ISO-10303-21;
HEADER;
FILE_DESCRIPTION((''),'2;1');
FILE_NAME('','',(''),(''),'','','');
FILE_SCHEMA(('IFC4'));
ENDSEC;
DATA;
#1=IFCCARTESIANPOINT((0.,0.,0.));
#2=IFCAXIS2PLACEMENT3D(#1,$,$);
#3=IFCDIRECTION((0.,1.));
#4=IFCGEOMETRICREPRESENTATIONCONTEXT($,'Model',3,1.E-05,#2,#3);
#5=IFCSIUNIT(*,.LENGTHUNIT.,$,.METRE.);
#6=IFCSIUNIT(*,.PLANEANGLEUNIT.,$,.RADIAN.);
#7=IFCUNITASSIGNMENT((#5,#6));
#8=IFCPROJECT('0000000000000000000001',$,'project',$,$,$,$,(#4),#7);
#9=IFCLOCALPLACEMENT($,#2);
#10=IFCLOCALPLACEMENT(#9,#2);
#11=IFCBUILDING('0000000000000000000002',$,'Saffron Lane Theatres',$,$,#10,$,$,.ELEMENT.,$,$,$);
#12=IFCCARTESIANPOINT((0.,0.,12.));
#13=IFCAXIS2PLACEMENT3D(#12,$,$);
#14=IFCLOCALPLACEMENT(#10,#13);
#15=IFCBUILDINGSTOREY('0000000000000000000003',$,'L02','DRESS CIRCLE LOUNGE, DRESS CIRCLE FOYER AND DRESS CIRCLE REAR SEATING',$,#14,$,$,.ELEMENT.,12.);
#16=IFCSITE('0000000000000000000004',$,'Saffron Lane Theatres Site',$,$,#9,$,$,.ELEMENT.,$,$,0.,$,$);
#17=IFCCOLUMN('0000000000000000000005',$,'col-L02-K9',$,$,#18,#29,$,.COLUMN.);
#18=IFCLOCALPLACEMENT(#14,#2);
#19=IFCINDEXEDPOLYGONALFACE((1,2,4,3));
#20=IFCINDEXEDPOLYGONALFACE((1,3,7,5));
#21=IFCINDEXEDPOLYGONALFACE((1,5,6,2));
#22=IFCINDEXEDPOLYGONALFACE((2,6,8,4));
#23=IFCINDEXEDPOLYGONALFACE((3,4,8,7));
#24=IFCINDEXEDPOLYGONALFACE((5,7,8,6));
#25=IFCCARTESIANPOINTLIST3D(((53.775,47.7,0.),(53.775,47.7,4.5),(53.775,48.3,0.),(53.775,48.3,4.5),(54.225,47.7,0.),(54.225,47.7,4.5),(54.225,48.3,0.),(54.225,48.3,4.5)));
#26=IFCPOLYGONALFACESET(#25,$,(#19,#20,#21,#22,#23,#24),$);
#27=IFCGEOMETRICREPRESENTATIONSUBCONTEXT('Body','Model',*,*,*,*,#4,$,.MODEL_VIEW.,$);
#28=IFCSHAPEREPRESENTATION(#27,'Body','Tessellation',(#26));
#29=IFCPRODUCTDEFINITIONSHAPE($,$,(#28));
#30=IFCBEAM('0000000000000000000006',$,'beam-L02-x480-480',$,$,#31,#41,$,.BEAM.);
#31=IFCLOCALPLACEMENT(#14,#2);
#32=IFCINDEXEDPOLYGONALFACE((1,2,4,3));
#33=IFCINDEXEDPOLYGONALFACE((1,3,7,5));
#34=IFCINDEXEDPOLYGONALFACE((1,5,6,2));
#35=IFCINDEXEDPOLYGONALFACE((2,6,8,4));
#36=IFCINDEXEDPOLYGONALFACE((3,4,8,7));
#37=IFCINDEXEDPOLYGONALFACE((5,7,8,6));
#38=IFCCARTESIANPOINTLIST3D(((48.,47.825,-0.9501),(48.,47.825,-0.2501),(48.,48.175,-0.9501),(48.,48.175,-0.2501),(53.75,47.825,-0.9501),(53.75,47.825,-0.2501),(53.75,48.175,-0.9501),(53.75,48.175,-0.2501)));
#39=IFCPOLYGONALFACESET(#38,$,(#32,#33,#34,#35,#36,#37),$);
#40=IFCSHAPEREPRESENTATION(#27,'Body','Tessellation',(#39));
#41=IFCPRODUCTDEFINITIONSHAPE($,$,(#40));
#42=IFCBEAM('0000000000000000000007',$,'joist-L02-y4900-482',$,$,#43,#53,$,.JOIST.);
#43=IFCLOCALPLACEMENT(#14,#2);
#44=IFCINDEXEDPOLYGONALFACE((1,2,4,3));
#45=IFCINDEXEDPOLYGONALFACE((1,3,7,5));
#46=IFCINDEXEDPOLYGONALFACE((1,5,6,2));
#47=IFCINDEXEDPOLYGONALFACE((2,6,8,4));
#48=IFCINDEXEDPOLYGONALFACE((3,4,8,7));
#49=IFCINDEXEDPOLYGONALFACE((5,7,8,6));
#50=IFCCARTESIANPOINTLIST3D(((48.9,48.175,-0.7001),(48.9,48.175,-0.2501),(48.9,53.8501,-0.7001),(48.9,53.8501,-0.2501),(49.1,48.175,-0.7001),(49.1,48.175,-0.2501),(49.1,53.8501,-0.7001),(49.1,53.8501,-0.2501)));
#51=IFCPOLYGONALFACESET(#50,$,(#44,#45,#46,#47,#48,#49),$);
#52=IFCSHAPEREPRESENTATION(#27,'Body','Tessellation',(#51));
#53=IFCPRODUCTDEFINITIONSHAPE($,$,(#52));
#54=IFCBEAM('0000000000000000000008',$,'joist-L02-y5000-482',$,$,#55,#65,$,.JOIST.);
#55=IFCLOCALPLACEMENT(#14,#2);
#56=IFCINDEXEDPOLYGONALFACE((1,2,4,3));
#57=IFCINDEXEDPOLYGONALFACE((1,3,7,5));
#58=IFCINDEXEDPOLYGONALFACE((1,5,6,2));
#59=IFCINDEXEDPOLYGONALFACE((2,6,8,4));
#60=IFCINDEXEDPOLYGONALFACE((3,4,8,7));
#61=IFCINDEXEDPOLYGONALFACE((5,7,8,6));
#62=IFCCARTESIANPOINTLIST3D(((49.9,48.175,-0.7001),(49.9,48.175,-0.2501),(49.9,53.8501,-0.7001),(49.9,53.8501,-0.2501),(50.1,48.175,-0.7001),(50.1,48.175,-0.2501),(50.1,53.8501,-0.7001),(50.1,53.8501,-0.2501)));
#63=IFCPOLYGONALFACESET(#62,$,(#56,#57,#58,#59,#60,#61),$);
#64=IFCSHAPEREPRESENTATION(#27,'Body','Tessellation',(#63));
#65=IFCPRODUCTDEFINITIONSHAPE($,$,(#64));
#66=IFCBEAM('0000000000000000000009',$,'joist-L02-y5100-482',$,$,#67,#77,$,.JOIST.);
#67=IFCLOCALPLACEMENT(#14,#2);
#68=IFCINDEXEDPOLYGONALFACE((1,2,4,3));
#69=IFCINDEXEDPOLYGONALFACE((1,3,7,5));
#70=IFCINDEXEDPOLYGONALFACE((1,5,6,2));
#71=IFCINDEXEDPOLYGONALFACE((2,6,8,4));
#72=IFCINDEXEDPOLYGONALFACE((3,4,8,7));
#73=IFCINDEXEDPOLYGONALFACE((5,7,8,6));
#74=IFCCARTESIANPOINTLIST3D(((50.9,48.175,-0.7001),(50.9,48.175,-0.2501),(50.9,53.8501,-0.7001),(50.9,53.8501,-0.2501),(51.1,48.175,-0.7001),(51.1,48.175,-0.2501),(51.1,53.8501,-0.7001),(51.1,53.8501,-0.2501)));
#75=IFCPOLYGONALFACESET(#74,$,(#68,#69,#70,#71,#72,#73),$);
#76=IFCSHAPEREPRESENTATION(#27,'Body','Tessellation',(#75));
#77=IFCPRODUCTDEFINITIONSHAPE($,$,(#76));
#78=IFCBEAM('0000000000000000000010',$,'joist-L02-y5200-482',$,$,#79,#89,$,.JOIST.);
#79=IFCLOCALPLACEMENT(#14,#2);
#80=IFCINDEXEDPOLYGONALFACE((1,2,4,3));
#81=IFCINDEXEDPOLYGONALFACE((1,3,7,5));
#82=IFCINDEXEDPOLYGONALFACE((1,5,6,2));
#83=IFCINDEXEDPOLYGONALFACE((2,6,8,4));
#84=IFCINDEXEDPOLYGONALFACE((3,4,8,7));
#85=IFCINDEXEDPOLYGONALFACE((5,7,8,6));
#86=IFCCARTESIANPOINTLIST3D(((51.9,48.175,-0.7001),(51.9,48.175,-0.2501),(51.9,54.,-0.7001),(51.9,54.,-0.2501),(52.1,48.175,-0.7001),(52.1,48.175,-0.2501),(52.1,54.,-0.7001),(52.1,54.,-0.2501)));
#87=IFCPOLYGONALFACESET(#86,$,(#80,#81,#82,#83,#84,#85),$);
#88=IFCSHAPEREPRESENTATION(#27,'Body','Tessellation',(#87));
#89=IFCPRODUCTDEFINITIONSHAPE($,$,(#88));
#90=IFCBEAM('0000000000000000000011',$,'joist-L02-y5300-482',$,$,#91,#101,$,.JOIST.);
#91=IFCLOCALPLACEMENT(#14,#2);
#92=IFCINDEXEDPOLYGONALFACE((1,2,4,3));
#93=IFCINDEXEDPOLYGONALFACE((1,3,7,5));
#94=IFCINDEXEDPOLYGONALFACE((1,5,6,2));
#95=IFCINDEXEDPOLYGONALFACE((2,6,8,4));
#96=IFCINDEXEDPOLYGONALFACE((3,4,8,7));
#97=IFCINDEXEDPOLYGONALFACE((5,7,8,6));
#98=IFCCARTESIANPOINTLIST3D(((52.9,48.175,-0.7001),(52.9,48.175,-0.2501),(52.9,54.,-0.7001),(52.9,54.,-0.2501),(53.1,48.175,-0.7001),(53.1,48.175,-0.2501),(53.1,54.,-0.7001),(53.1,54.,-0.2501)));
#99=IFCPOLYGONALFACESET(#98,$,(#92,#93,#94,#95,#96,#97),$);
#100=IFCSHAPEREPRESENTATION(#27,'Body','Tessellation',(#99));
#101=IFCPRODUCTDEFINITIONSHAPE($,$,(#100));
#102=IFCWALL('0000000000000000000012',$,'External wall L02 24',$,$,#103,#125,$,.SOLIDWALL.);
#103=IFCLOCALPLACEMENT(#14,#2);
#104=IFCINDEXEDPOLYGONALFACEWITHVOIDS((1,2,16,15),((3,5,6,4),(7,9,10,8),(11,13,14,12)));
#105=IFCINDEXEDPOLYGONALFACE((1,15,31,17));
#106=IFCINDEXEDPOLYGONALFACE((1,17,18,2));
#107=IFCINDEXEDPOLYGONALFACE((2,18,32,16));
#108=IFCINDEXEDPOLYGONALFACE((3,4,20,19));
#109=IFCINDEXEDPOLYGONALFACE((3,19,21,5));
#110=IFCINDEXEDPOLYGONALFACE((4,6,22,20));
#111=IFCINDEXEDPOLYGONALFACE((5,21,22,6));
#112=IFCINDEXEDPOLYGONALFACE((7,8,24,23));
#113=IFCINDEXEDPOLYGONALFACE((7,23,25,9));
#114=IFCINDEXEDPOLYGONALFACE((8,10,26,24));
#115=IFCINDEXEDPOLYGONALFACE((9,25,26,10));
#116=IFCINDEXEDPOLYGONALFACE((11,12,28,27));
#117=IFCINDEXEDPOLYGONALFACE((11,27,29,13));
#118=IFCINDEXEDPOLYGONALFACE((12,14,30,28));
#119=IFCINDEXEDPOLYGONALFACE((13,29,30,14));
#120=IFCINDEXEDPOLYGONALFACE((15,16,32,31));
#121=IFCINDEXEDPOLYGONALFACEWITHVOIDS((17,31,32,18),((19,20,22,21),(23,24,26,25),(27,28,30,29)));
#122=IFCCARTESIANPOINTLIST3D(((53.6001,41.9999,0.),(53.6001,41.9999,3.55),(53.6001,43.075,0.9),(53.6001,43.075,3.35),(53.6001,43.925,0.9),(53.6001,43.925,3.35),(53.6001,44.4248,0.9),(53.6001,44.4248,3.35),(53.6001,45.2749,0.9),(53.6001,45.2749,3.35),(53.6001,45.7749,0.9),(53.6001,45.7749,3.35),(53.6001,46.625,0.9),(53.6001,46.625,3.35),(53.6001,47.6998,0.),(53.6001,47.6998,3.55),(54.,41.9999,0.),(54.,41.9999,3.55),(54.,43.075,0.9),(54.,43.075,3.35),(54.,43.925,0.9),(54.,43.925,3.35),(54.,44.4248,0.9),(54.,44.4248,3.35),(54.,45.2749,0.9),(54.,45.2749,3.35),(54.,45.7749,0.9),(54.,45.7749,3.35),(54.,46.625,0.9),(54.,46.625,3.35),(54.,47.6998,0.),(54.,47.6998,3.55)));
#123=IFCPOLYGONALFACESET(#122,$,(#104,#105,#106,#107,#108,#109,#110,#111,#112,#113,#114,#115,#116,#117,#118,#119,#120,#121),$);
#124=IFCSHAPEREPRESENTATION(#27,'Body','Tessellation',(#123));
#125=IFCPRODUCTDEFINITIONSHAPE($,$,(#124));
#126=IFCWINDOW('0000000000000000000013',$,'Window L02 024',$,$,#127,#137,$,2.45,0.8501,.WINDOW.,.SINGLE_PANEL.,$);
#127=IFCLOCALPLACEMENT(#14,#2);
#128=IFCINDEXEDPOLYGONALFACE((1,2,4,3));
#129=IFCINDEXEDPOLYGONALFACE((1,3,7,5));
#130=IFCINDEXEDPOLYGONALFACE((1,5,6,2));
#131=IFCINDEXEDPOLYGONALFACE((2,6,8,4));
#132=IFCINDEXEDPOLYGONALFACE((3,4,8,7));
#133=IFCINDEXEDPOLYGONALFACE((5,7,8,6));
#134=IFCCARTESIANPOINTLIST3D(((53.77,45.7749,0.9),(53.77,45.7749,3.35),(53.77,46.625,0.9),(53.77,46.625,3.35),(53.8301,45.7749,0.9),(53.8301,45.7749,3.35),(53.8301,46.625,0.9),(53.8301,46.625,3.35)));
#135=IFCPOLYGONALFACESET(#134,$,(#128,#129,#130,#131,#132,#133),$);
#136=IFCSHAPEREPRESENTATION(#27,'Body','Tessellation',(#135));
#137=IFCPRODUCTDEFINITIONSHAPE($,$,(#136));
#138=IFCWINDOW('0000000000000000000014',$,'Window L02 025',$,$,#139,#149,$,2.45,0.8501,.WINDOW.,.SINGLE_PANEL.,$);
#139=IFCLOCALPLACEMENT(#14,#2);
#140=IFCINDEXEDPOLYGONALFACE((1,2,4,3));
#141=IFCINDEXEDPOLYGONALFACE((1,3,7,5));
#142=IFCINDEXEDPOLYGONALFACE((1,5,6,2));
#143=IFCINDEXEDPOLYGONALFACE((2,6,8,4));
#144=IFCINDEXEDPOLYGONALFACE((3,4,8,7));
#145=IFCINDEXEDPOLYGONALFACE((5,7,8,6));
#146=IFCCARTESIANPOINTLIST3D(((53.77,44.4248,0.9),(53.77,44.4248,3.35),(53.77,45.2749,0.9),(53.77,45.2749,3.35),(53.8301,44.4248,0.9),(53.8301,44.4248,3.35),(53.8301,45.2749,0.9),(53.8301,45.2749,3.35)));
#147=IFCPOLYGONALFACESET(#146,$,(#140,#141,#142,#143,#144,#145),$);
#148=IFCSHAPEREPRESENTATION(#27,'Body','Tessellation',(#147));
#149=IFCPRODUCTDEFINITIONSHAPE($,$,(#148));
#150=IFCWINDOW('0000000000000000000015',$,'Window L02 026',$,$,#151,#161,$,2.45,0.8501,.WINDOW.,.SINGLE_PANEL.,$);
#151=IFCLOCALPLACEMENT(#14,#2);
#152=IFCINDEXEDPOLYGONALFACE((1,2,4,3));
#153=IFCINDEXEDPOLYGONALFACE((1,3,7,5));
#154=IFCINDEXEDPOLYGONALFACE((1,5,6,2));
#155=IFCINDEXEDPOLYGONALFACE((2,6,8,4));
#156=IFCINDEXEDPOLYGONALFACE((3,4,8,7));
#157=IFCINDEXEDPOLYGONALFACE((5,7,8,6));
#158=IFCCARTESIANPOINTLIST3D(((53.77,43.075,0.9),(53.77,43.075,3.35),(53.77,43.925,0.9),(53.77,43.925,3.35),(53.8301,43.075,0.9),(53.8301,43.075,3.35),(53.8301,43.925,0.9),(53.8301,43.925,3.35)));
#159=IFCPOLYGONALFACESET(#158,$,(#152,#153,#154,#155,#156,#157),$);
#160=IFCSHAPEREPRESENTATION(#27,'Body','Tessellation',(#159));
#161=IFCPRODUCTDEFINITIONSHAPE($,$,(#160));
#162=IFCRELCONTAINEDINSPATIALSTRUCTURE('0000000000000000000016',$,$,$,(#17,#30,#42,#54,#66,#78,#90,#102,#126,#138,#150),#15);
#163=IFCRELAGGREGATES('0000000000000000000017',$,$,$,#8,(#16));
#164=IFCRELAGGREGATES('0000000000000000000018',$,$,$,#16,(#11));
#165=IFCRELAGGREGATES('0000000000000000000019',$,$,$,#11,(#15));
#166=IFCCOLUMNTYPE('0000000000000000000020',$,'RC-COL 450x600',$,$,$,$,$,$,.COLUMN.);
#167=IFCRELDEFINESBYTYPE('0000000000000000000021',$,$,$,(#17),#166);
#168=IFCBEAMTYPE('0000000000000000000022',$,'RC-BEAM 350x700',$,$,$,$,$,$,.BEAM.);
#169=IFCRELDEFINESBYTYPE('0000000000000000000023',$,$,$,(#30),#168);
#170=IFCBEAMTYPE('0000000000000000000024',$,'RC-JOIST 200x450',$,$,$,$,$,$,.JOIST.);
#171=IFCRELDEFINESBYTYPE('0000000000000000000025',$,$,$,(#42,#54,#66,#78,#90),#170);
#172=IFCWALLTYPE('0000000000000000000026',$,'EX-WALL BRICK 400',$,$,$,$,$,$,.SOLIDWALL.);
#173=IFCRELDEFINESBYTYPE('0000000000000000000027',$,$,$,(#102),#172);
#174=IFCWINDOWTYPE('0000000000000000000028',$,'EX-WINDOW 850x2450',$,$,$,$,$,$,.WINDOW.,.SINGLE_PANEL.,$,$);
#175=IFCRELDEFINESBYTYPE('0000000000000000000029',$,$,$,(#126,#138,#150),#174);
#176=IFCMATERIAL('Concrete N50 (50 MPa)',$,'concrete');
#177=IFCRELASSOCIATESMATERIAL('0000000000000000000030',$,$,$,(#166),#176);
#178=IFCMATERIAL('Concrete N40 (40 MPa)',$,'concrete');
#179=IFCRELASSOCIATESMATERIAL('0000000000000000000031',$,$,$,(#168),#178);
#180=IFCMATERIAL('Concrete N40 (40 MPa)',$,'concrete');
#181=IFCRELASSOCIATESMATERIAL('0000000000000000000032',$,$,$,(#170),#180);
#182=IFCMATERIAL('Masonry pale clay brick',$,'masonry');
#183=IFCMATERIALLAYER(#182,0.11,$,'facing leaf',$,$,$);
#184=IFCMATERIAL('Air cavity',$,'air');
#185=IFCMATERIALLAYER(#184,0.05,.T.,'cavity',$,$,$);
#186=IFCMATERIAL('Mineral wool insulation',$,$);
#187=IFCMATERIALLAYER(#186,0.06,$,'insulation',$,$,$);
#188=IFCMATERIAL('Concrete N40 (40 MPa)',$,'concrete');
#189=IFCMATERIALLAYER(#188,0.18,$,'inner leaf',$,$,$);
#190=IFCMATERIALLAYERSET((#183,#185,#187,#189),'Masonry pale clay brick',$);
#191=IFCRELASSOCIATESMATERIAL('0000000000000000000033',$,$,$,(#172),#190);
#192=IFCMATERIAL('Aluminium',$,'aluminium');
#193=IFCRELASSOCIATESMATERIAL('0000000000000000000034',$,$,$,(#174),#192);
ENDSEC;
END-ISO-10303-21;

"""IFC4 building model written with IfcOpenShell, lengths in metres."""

from ifc_helpers import new_model, si_unit, direction, frame, frame_2d, origin, origin_2d, place, context, subcontext, project, spatial, rectangle, extrude, material, layer, layer_set, material_profile, profile_set, type_object, element, fill, save


model = new_model("IFC4")

# Units and contexts
model_context = context("Model", 3, precision=1e-05, world=origin(), true_north=direction((0.0, 1.0)))
body_context = subcontext(model_context, "Body", "Model", "MODEL_VIEW")
ifc_project = project(units=[si_unit("LENGTHUNIT", "METRE"), si_unit("PLANEANGLEUNIT", "RADIAN")], contexts=[model_context])

# Site, building, storey
site_placement = place(None, origin())
site = spatial("IfcSite", under=ifc_project, at=site_placement, Name="Saffron Lane Theatres Site", CompositionType="ELEMENT", RefElevation=0.0)
building_placement = place(site_placement, origin())
building = spatial("IfcBuilding", under=site, at=building_placement, Name="Saffron Lane Theatres", CompositionType="ELEMENT")
storey_placement = place(building_placement, frame((0.0, 0.0, 12.0)))
storey = spatial("IfcBuildingStorey", under=building, at=storey_placement, Name="L02", Description="DRESS CIRCLE LOUNGE, DRESS CIRCLE FOYER AND DRESS CIRCLE REAR SEATING", CompositionType="ELEMENT", Elevation=12.0)

# Column
ifc_material_1 = material(Name="Concrete N50 (50 MPa)", Category="concrete")
ifc_material_profile_1 = material_profile(ifc_material_1, rectangle(XDim=0.45, YDim=0.6001, at=origin_2d()))
ifc_profile_set_1 = profile_set([ifc_material_profile_1], Name="Concrete N50 (50 MPa)")
column_type = type_object("IfcColumnType", Name="RC-COL 450x600", PredefinedType="COLUMN", material=ifc_profile_set_1)
column_placement = place(storey_placement, frame((54.0, 48.0, 0.0), z_axis=(0.0, 0.0, 1.0), x_axis=(1.0, 0.0, 0.0)))
element("IfcColumn", 1, at=column_placement, inside=storey, type_object=column_type, Name="col-L02-K9", PredefinedType="COLUMN", context=body_context, shape_type="SweptSolid", body=[
    extrude(rectangle(XDim=0.45, YDim=0.6001, at=origin_2d()), origin(), (0.0, 0.0, 1.0), 4.5),
])

# Beams
ifc_material_2 = material(Name="Concrete N40 (40 MPa)", Category="concrete")
ifc_material_profile_2 = material_profile(ifc_material_2, rectangle(XDim=0.3501, YDim=0.7, at=origin_2d()))
ifc_profile_set_2 = profile_set([ifc_material_profile_2], Name="Concrete N40 (40 MPa)")
beam_type_1 = type_object("IfcBeamType", Name="RC-BEAM 350x700", PredefinedType="BEAM", material=ifc_profile_set_2)
beam_placement = place(storey_placement, frame((48.0, 48.0, -0.6001), z_axis=(1.0, 0.0, 0.0), x_axis=(0.0, 1.0, 0.0)))
element("IfcBeam", 2, at=beam_placement, inside=storey, type_object=beam_type_1, Name="beam-L02-x480-480", PredefinedType="BEAM", context=body_context, shape_type="SweptSolid", body=[
    extrude(rectangle(XDim=0.3501, YDim=0.7, at=origin_2d()), origin(), (0.0, 0.0, 1.0), 5.75),
])
ifc_material_3 = material(Name="Concrete N40 (40 MPa)", Category="concrete")
ifc_material_profile_3 = material_profile(ifc_material_3, rectangle(XDim=0.2, YDim=0.45, at=origin_2d()))
ifc_profile_set_3 = profile_set([ifc_material_profile_3], Name="Concrete N40 (40 MPa)")
beam_type_2 = type_object("IfcBeamType", Name="RC-JOIST 200x450", PredefinedType="JOIST", material=ifc_profile_set_3)
for number, where, z_axis, x_axis, name in (
    (3, (49.0, 48.175, -0.4751), (0.0, 1.0, 0.0), (-1.0, 0.0, 0.0), "joist-L02-y4900-482"),
    (4, (50.0, 48.175, -0.4751), (0.0, 1.0, 0.0), (-1.0, 0.0, 0.0), "joist-L02-y5000-482"),
    (5, (51.0, 48.175, -0.4751), (0.0, 1.0, 0.0), (-1.0, 0.0, 0.0), "joist-L02-y5100-482"),
):
    element("IfcBeam", number, at=place(storey_placement, frame(where, z_axis=z_axis, x_axis=x_axis)), inside=storey, type_object=beam_type_2, Name=name, PredefinedType="JOIST", context=body_context, shape_type="SweptSolid", body=[
        extrude(rectangle(XDim=0.2, YDim=0.45, at=origin_2d()), origin(), (0.0, 0.0, 1.0), 5.675),
    ])
for number, where, z_axis, x_axis, name in (
    (6, (52.0, 48.175, -0.4751), (0.0, 1.0, 0.0), (-1.0, 0.0, 0.0), "joist-L02-y5200-482"),
    (7, (53.0, 48.175, -0.4751), (0.0, 1.0, 0.0), (-1.0, 0.0, 0.0), "joist-L02-y5300-482"),
):
    element("IfcBeam", number, at=place(storey_placement, frame(where, z_axis=z_axis, x_axis=x_axis)), inside=storey, type_object=beam_type_2, Name=name, PredefinedType="JOIST", context=body_context, shape_type="SweptSolid", body=[
        extrude(rectangle(XDim=0.2, YDim=0.45, at=origin_2d()), origin(), (0.0, 0.0, 1.0), 5.825),
    ])

# Wall, openings, windows
ifc_material_4 = material(Name="Masonry pale clay brick", Category="masonry")
ifc_layer_1 = layer(ifc_material_4, 0.11, Name="facing leaf")
ifc_material_5 = material(Name="Air cavity", Category="air")
ifc_layer_2 = layer(ifc_material_5, 0.05, ventilated=True, Name="cavity")
ifc_material_6 = material(Name="Mineral wool insulation")
ifc_layer_3 = layer(ifc_material_6, 0.06, Name="insulation")
ifc_material_7 = material(Name="Concrete N40 (40 MPa)", Category="concrete")
ifc_layer_4 = layer(ifc_material_7, 0.18, Name="inner leaf")
ifc_layer_set_1 = layer_set([ifc_layer_1, ifc_layer_2, ifc_layer_3, ifc_layer_4], Name="Masonry pale clay brick")
wall_type_1 = type_object("IfcWallType", Name="EX-WALL BRICK 400", PredefinedType="SOLIDWALL", material=ifc_layer_set_1)
wall_1_placement = place(storey_placement, frame((53.8, 47.7, 0.0), z_axis=(0.0, 0.0, 1.0), x_axis=(0.0, -1.0, 0.0)))
wall_1 = element("IfcWall", 8, at=wall_1_placement, inside=storey, type_object=wall_type_1, Name="External wall L02 24", PredefinedType="SOLIDWALL", context=body_context, shape_type="SweptSolid", body=[
    extrude(rectangle(XDim=5.7, YDim=0.3999, at=frame_2d((2.8501, 0.0))), origin(), (0.0, 0.0, 1.0), 3.55),
])
opening_1_placement = place(wall_1_placement, frame((1.075, 0.0, 0.8999)))
opening_1 = element("IfcOpeningElement", 9, at=opening_1_placement, cuts=wall_1, PredefinedType="OPENING", context=body_context, shape_type="SweptSolid", body=[
    extrude(rectangle(XDim=0.8501, YDim=2.45, at=frame_2d((0.425, 1.2251))), frame((0.0, 0.21, 0.0), z_axis=(0.0, -1.0, 0.0), x_axis=(1.0, 0.0, 0.0)), (0.0, 0.0, 1.0), 0.4199),
])
opening_2_placement = place(wall_1_placement, frame((2.425, 0.0, 0.8999)))
opening_2 = element("IfcOpeningElement", 10, at=opening_2_placement, cuts=wall_1, PredefinedType="OPENING", context=body_context, shape_type="SweptSolid", body=[
    extrude(rectangle(XDim=0.8501, YDim=2.45, at=frame_2d((0.425, 1.2251))), frame((0.0, 0.21, 0.0), z_axis=(0.0, -1.0, 0.0), x_axis=(1.0, 0.0, 0.0)), (0.0, 0.0, 1.0), 0.4199),
])
opening_3_placement = place(wall_1_placement, frame((3.7749, 0.0, 0.8999)))
opening_3 = element("IfcOpeningElement", 11, at=opening_3_placement, cuts=wall_1, PredefinedType="OPENING", context=body_context, shape_type="SweptSolid", body=[
    extrude(rectangle(XDim=0.8501, YDim=2.45, at=frame_2d((0.425, 1.2251))), frame((0.0, 0.21, 0.0), z_axis=(0.0, -1.0, 0.0), x_axis=(1.0, 0.0, 0.0)), (0.0, 0.0, 1.0), 0.4199),
])
ifc_material_8 = material(Name="Aluminium", Category="aluminium")
window_type = type_object("IfcWindowType", Name="EX-WINDOW 850x2450", PartitioningType="SINGLE_PANEL", PredefinedType="WINDOW", material=ifc_material_8)
window_1_placement = place(opening_1_placement, origin())
window_1 = element("IfcWindow", 12, at=window_1_placement, inside=storey, type_object=window_type, Name="Window L02 024", OverallHeight=2.45, OverallWidth=0.8501, PartitioningType="SINGLE_PANEL", PredefinedType="WINDOW", context=body_context, shape_type="SweptSolid", body=[
    extrude(rectangle(XDim=0.8501, YDim=2.45, at=frame_2d((0.425, 1.2251))), frame((0.0, 0.03, 0.0), z_axis=(0.0, -1.0, 0.0), x_axis=(1.0, 0.0, 0.0)), (0.0, 0.0, 1.0), 0.0601),
])
fill(opening_1, window_1)
window_2_placement = place(opening_2_placement, origin())
window_2 = element("IfcWindow", 13, at=window_2_placement, inside=storey, type_object=window_type, Name="Window L02 025", OverallHeight=2.45, OverallWidth=0.8501, PartitioningType="SINGLE_PANEL", PredefinedType="WINDOW", context=body_context, shape_type="SweptSolid", body=[
    extrude(rectangle(XDim=0.8501, YDim=2.45, at=frame_2d((0.425, 1.2251))), frame((0.0, 0.03, 0.0), z_axis=(0.0, -1.0, 0.0), x_axis=(1.0, 0.0, 0.0)), (0.0, 0.0, 1.0), 0.0601),
])
fill(opening_2, window_2)
window_3_placement = place(opening_3_placement, origin())
window_3 = element("IfcWindow", 14, at=window_3_placement, inside=storey, type_object=window_type, Name="Window L02 026", OverallHeight=2.45, OverallWidth=0.8501, PartitioningType="SINGLE_PANEL", PredefinedType="WINDOW", context=body_context, shape_type="SweptSolid", body=[
    extrude(rectangle(XDim=0.8501, YDim=2.45, at=frame_2d((0.425, 1.2251))), frame((0.0, 0.03, 0.0), z_axis=(0.0, -1.0, 0.0), x_axis=(1.0, 0.0, 0.0)), (0.0, 0.0, 1.0), 0.0601),
])
fill(opening_3, window_3)

save(model, "model.ifc")
